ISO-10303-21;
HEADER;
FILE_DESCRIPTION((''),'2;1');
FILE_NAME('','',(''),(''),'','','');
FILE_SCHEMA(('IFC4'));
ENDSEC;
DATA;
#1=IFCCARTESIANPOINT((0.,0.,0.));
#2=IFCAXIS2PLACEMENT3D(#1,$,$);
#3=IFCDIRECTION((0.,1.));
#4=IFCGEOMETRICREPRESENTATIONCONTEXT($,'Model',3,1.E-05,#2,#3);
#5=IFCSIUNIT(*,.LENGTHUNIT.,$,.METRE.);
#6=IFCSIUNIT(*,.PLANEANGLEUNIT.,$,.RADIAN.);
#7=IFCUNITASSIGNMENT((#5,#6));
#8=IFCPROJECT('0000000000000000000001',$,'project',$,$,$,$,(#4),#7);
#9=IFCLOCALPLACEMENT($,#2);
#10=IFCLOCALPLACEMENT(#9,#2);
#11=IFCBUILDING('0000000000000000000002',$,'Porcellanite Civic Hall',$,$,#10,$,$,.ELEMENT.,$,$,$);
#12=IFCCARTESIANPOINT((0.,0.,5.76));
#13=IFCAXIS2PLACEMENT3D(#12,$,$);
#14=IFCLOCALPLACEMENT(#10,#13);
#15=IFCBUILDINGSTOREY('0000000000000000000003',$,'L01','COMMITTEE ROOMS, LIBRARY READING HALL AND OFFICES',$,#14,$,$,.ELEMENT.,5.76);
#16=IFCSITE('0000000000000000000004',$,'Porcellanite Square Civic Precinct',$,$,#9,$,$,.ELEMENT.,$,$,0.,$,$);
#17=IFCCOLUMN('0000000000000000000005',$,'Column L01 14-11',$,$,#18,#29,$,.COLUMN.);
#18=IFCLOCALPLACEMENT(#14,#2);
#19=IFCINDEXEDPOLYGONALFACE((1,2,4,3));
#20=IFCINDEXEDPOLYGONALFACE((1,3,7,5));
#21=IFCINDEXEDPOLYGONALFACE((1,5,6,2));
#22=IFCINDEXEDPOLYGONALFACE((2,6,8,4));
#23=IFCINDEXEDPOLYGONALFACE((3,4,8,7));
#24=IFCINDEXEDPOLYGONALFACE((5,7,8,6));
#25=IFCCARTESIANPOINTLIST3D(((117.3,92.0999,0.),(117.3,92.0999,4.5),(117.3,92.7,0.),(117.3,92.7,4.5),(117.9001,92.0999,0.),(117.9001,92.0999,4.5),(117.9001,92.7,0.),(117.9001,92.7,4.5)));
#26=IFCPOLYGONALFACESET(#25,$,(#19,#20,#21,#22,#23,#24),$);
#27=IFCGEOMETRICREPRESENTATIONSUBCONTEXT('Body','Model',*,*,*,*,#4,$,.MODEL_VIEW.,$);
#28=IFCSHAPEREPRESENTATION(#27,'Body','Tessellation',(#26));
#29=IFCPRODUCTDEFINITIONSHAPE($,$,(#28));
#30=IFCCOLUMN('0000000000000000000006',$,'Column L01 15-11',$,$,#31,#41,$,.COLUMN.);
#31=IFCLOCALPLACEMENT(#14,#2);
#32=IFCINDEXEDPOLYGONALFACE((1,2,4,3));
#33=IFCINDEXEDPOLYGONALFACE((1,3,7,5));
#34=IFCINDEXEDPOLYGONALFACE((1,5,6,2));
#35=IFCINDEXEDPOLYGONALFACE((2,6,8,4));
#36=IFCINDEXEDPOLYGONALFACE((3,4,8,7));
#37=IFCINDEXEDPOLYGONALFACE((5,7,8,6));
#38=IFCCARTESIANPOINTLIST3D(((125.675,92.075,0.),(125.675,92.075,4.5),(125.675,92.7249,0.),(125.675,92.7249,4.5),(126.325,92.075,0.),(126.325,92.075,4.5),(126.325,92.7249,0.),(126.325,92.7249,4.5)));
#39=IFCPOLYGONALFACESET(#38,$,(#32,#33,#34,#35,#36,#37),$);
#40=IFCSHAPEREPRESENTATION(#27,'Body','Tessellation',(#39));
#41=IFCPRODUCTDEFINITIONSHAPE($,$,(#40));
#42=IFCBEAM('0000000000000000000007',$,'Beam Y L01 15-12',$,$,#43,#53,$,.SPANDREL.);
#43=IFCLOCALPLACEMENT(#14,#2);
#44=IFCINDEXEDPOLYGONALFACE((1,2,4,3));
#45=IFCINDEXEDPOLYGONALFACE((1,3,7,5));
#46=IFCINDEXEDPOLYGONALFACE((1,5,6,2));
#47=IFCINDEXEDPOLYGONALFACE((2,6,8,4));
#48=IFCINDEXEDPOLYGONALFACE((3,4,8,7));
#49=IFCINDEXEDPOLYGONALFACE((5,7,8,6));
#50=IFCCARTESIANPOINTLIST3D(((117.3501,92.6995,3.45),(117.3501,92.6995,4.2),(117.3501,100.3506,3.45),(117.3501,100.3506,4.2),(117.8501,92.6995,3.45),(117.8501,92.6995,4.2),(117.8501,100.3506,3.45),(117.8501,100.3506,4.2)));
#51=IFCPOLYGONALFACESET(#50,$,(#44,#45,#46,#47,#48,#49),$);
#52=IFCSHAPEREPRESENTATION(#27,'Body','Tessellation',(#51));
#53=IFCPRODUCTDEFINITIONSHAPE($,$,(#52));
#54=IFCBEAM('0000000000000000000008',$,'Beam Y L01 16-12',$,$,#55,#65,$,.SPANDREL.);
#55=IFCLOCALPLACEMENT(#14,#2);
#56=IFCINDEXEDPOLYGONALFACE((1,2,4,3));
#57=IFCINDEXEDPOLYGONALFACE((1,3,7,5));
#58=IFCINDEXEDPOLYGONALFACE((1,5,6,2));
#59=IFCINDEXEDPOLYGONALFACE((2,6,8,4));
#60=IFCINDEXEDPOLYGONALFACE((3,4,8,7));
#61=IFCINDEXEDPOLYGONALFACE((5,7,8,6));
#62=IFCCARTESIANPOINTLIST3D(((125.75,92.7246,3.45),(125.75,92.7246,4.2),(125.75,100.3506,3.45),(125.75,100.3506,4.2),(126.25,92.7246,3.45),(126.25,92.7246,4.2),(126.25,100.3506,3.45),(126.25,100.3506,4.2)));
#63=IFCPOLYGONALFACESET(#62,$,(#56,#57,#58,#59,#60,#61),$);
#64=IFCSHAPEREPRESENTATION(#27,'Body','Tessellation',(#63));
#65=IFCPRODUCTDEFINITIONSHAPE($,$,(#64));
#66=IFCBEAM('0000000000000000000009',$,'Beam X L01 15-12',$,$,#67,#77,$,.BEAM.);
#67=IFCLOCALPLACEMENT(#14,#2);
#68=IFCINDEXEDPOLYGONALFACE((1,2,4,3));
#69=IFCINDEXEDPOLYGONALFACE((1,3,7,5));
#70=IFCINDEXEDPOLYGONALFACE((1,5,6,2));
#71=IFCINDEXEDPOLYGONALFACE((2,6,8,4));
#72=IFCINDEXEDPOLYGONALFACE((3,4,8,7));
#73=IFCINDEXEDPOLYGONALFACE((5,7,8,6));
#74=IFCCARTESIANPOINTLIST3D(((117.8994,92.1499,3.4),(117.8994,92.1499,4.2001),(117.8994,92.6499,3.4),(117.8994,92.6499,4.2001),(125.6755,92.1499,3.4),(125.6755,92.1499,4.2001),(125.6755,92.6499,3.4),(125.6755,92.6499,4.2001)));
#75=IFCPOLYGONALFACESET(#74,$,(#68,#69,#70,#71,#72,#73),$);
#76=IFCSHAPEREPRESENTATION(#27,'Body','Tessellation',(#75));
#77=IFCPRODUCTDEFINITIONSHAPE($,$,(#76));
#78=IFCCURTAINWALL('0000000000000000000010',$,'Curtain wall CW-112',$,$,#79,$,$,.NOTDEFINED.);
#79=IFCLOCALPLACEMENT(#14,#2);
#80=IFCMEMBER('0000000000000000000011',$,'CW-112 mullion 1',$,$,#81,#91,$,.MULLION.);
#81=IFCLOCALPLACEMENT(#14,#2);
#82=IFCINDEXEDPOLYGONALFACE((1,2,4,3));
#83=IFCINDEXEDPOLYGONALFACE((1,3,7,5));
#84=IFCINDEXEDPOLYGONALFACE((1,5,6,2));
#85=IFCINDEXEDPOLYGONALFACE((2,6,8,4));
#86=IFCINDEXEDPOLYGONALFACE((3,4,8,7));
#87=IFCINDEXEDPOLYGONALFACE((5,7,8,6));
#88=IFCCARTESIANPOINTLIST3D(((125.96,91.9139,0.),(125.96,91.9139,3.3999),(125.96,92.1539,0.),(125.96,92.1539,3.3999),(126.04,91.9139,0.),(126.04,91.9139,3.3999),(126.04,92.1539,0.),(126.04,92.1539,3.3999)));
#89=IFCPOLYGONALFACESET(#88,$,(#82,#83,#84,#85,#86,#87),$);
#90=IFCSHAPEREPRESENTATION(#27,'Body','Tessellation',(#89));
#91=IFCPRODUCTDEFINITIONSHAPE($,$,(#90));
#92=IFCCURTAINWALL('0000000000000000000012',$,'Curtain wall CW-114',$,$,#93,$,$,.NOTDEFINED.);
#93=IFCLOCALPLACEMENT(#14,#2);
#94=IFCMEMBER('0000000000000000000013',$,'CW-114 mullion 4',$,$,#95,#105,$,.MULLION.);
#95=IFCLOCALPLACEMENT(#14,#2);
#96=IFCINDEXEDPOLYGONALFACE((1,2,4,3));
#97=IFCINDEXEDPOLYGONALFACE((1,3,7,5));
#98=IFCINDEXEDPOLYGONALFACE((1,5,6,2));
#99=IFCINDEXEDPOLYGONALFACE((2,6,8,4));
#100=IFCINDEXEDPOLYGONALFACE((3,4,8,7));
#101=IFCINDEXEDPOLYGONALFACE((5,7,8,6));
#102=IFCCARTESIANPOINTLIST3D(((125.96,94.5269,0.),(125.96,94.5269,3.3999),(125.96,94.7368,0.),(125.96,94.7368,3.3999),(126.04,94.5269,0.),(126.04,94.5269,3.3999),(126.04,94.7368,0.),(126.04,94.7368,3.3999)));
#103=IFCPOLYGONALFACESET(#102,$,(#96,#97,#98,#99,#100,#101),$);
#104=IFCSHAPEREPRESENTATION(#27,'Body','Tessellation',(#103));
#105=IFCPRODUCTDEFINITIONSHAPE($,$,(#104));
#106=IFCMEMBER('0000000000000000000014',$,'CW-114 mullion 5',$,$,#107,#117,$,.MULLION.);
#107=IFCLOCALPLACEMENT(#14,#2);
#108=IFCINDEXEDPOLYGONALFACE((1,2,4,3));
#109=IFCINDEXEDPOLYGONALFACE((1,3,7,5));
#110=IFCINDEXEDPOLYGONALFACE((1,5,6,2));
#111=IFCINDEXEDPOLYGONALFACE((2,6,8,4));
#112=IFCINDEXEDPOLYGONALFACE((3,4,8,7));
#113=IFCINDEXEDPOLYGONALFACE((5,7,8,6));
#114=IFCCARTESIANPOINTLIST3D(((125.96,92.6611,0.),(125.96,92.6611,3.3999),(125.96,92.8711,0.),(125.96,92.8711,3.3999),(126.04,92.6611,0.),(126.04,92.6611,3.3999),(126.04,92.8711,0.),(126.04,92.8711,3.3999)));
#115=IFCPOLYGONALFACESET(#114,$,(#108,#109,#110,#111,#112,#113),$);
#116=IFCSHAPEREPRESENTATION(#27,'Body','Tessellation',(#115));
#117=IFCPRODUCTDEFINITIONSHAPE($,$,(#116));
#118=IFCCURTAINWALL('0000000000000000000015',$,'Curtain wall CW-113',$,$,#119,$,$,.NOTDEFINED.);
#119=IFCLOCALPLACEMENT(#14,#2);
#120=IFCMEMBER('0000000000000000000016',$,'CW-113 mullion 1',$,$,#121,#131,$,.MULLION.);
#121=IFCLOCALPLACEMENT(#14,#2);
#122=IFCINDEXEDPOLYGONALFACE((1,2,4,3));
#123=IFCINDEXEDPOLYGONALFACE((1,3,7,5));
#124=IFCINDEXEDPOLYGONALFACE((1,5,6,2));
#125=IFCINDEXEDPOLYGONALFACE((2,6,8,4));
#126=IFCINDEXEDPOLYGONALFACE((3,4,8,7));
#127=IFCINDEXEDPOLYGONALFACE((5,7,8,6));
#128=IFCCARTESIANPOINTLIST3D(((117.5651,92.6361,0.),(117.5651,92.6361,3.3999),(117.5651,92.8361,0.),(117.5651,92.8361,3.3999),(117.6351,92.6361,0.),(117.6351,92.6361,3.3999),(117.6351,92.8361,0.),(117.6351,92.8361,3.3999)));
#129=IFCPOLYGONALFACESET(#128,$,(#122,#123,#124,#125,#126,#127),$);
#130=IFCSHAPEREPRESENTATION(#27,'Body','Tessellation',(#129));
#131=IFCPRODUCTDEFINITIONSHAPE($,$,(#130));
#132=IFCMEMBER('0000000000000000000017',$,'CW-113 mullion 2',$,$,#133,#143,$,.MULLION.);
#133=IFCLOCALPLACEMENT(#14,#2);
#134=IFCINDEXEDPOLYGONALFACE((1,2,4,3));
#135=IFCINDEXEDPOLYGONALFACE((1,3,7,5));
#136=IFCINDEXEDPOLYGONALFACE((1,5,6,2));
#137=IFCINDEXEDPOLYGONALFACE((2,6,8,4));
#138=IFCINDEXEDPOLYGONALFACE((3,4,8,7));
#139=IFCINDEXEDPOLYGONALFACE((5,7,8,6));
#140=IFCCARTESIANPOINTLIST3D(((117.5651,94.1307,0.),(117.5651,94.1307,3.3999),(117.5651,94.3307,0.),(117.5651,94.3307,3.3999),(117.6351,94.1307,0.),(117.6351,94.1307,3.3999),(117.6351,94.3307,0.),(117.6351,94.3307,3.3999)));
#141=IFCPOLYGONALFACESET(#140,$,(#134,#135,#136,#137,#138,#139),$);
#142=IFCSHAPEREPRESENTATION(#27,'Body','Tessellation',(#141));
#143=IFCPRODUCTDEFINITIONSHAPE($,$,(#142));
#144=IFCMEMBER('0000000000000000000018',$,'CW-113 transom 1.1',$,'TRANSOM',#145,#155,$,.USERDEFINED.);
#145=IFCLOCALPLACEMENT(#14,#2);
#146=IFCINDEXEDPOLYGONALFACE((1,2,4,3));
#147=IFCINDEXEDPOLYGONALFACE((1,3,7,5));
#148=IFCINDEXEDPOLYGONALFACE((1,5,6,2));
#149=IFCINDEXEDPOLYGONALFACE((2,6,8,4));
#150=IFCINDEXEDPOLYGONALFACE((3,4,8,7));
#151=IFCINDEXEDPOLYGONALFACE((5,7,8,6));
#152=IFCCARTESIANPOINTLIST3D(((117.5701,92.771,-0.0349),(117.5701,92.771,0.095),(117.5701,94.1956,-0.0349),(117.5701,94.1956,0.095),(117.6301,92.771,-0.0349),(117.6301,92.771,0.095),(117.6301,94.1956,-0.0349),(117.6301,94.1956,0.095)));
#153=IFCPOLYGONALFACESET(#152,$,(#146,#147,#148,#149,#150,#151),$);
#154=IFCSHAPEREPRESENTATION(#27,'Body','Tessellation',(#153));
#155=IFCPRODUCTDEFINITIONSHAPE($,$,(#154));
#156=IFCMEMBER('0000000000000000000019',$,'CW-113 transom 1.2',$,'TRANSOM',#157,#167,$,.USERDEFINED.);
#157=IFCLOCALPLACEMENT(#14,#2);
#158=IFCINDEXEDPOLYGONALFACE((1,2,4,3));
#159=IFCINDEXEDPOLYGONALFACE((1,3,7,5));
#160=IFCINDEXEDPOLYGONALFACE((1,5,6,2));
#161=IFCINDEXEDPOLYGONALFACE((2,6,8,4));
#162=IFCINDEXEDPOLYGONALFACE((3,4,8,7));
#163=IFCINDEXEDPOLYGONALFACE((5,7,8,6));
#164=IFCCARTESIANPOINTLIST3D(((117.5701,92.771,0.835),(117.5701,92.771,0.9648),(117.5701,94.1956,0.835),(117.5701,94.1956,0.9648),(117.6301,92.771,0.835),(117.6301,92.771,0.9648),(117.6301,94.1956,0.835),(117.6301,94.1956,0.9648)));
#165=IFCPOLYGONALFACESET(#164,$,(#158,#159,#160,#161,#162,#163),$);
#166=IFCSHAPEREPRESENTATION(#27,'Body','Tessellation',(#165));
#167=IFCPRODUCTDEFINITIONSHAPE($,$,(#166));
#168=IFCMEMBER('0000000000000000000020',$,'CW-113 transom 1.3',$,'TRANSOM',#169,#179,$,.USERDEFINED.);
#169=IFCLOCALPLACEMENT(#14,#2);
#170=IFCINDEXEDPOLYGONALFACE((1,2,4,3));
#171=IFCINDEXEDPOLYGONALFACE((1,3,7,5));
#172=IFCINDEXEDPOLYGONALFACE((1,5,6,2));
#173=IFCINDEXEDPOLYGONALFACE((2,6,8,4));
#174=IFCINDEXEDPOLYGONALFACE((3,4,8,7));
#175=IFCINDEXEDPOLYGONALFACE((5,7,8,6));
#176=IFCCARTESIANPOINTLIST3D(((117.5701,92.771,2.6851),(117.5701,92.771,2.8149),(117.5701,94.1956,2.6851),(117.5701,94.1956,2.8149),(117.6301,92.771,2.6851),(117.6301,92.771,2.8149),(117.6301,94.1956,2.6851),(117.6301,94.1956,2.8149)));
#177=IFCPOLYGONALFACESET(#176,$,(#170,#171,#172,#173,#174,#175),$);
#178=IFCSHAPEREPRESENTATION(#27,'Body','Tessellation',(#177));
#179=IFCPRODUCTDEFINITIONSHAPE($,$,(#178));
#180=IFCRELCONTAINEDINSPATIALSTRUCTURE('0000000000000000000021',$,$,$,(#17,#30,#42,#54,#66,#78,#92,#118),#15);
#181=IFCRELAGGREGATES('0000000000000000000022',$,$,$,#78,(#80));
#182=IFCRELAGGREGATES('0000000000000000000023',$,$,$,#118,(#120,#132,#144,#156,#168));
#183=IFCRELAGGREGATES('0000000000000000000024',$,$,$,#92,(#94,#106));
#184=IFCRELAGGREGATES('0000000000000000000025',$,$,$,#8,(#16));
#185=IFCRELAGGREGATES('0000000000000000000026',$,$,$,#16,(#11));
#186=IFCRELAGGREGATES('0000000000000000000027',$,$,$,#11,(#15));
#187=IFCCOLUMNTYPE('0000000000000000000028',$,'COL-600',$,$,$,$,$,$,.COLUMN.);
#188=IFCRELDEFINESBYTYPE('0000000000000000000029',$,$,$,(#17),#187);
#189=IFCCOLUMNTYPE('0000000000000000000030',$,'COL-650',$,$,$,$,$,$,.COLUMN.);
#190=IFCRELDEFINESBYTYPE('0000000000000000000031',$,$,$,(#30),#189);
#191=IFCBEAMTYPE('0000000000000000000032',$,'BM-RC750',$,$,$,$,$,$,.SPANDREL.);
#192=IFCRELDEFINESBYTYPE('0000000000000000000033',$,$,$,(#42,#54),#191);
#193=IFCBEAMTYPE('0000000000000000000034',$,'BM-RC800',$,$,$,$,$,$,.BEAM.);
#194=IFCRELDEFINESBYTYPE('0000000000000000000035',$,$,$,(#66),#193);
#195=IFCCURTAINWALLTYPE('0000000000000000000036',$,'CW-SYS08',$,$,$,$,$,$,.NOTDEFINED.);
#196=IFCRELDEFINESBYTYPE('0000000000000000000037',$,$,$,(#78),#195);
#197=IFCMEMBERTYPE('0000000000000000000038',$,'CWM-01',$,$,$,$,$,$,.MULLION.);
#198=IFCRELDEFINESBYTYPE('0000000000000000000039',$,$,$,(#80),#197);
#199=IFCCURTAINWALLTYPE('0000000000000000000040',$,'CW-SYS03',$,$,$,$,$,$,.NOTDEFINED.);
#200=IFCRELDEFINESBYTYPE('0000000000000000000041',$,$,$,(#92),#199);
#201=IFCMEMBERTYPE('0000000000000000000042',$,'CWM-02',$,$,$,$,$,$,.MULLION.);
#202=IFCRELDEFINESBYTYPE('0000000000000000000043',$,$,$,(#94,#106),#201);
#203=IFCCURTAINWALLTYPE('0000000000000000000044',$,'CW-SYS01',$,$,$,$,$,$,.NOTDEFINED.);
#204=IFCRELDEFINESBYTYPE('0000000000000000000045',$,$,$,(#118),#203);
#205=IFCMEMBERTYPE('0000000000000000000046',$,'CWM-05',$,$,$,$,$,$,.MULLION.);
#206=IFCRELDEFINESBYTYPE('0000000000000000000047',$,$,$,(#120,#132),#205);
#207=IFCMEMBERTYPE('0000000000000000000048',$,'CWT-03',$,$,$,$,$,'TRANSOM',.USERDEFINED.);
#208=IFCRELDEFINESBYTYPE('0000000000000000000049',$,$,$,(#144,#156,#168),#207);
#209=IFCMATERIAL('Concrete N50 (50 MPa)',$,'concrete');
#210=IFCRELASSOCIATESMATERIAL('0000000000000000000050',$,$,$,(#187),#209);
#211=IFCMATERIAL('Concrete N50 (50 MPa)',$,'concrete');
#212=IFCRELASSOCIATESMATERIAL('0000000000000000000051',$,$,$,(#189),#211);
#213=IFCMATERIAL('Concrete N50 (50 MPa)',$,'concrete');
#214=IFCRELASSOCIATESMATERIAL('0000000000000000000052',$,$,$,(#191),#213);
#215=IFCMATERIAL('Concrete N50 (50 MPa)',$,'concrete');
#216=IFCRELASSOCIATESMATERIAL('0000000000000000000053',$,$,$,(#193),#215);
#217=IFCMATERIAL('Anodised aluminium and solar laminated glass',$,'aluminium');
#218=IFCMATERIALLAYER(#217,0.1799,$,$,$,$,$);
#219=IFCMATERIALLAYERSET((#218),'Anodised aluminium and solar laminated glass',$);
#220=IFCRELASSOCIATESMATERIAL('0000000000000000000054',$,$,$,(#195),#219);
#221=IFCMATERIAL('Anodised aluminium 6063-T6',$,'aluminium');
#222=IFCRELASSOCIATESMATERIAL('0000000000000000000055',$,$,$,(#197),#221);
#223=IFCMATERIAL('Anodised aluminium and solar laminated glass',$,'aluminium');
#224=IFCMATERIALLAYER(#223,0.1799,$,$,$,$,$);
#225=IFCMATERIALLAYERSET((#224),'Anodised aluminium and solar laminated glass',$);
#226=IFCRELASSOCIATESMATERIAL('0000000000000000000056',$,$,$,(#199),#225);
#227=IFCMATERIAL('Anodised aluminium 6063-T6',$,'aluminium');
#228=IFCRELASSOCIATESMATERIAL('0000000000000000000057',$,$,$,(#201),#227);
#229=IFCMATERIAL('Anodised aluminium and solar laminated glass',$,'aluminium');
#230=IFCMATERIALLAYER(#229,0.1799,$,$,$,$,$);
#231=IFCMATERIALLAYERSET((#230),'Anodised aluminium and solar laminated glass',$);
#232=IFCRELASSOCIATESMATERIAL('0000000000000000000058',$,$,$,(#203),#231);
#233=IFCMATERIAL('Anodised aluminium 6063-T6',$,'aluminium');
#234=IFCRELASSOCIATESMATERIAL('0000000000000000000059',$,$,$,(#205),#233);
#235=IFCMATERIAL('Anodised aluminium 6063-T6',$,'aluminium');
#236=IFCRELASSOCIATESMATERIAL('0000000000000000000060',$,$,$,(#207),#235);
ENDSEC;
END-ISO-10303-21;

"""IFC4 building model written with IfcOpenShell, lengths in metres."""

from ifc_helpers import new_model, si_unit, direction, frame, origin, origin_2d, place, context, subcontext, project, spatial, rectangle, extrude, material, layer, layer_set, material_profile, profile_set, type_object, element, aggregate, save


model = new_model("IFC4")

# Units and contexts
model_context = context("Model", 3, precision=1e-05, world=origin(), true_north=direction((0.0, 1.0)))
body_context = subcontext(model_context, "Body", "Model", "MODEL_VIEW")
ifc_project = project(units=[si_unit("LENGTHUNIT", "METRE"), si_unit("PLANEANGLEUNIT", "RADIAN")], contexts=[model_context])

# Site, building, storey
site_placement = place(None, origin())
site = spatial("IfcSite", under=ifc_project, at=site_placement, Name="Porcellanite Square Civic Precinct", CompositionType="ELEMENT", RefElevation=0.0)
building_placement = place(site_placement, origin())
building = spatial("IfcBuilding", under=site, at=building_placement, Name="Porcellanite Civic Hall", CompositionType="ELEMENT")
storey_placement = place(building_placement, frame((0.0, 0.0, 5.76)))
storey = spatial("IfcBuildingStorey", under=building, at=storey_placement, Name="L01", Description="COMMITTEE ROOMS, LIBRARY READING HALL AND OFFICES", CompositionType="ELEMENT", Elevation=5.76)

# Columns
ifc_material_1 = material(Name="Concrete N50 (50 MPa)", Category="concrete")
ifc_material_profile_1 = material_profile(ifc_material_1, rectangle(XDim=0.6001, YDim=0.6001, at=origin_2d()), Name="RC-600x600")
ifc_profile_set_1 = profile_set([ifc_material_profile_1], Name="Concrete N50 (50 MPa)")
column_type_1 = type_object("IfcColumnType", Name="COL-600", PredefinedType="COLUMN", material=ifc_profile_set_1)
column_1_placement = place(storey_placement, frame((117.6001, 92.3999, 0.0), z_axis=(0.0, 0.0, 1.0), x_axis=(1.0, 0.0, 0.0)))
element("IfcColumn", 1, at=column_1_placement, inside=storey, type_object=column_type_1, Name="Column L01 14-11", PredefinedType="COLUMN", context=body_context, shape_type="SweptSolid", body=[
    extrude(rectangle(XDim=0.6001, YDim=0.6001, at=origin_2d()), origin(), (0.0, 0.0, 1.0), 4.5),
])
ifc_material_2 = material(Name="Concrete N50 (50 MPa)", Category="concrete")
ifc_material_profile_2 = material_profile(ifc_material_2, rectangle(XDim=0.6499, YDim=0.6499, at=origin_2d()), Name="RC-650x650")
ifc_profile_set_2 = profile_set([ifc_material_profile_2], Name="Concrete N50 (50 MPa)")
column_type_2 = type_object("IfcColumnType", Name="COL-650", PredefinedType="COLUMN", material=ifc_profile_set_2)
column_2_placement = place(storey_placement, frame((126.0, 92.3999, 0.0), z_axis=(0.0, 0.0, 1.0), x_axis=(1.0, 0.0, 0.0)))
element("IfcColumn", 2, at=column_2_placement, inside=storey, type_object=column_type_2, Name="Column L01 15-11", PredefinedType="COLUMN", context=body_context, shape_type="SweptSolid", body=[
    extrude(rectangle(XDim=0.6499, YDim=0.6499, at=origin_2d()), origin(), (0.0, 0.0, 1.0), 4.5),
])

# Beams
ifc_material_3 = material(Name="Concrete N50 (50 MPa)", Category="concrete")
ifc_material_profile_3 = material_profile(ifc_material_3, rectangle(XDim=0.5, YDim=0.75, at=origin_2d()), Name="RC-500x750")
ifc_profile_set_3 = profile_set([ifc_material_profile_3], Name="Concrete N50 (50 MPa)")
beam_type_1 = type_object("IfcBeamType", Name="BM-RC750", PredefinedType="SPANDREL", material=ifc_profile_set_3)
beam_1_placement = place(storey_placement, frame((117.6001, 92.6995, 3.825), z_axis=(0.0, 1.0, 0.0), x_axis=(-1.0, 0.0, 0.0)))
element("IfcBeam", 3, at=beam_1_placement, inside=storey, type_object=beam_type_1, Name="Beam Y L01 15-12", PredefinedType="SPANDREL", context=body_context, shape_type="SweptSolid", body=[
    extrude(rectangle(XDim=0.5, YDim=0.75, at=origin_2d()), origin(), (0.0, 0.0, 1.0), 7.6511),
])
beam_2_placement = place(storey_placement, frame((126.0, 92.7246, 3.825), z_axis=(0.0, 1.0, 0.0), x_axis=(-1.0, 0.0, 0.0)))
element("IfcBeam", 4, at=beam_2_placement, inside=storey, type_object=beam_type_1, Name="Beam Y L01 16-12", PredefinedType="SPANDREL", context=body_context, shape_type="SweptSolid", body=[
    extrude(rectangle(XDim=0.5, YDim=0.75, at=origin_2d()), origin(), (0.0, 0.0, 1.0), 7.626),
])
ifc_material_4 = material(Name="Concrete N50 (50 MPa)", Category="concrete")
ifc_material_profile_4 = material_profile(ifc_material_4, rectangle(XDim=0.5, YDim=0.8, at=origin_2d()), Name="RC-500x800")
ifc_profile_set_4 = profile_set([ifc_material_profile_4], Name="Concrete N50 (50 MPa)")
beam_type_2 = type_object("IfcBeamType", Name="BM-RC800", PredefinedType="BEAM", material=ifc_profile_set_4)
beam_3_placement = place(storey_placement, frame((117.8994, 92.3999, 3.8), z_axis=(1.0, 0.0, 0.0), x_axis=(0.0, 1.0, 0.0)))
element("IfcBeam", 5, at=beam_3_placement, inside=storey, type_object=beam_type_2, Name="Beam X L01 15-12", PredefinedType="BEAM", context=body_context, shape_type="SweptSolid", body=[
    extrude(rectangle(XDim=0.5, YDim=0.8, at=origin_2d()), origin(), (0.0, 0.0, 1.0), 7.7761),
])

# Curtain wall, member
ifc_material_5 = material(Name="Anodised aluminium and solar laminated glass", Category="aluminium")
ifc_layer_1 = layer(ifc_material_5, 0.1799)
ifc_layer_set_1 = layer_set([ifc_layer_1], Name="Anodised aluminium and solar laminated glass")
curtain_wall_type_1 = type_object("IfcCurtainWallType", Name="CW-SYS08", PredefinedType="NOTDEFINED", material=ifc_layer_set_1)
curtain_wall_1_placement = place(storey_placement, origin())
curtain_wall_1 = element("IfcCurtainWall", 6, at=curtain_wall_1_placement, inside=storey, type_object=curtain_wall_type_1, Name="Curtain wall CW-112", PredefinedType="NOTDEFINED")
ifc_material_6 = material(Name="Anodised aluminium 6063-T6", Category="aluminium")
ifc_material_profile_5 = material_profile(ifc_material_6, rectangle(XDim=0.0801, YDim=0.24, at=origin_2d()), Name="AL-80x240")
ifc_profile_set_5 = profile_set([ifc_material_profile_5], Name="Anodised aluminium 6063-T6")
member_type_1 = type_object("IfcMemberType", Name="CWM-01", PredefinedType="MULLION", material=ifc_profile_set_5)
member_1_placement = place(storey_placement, frame((126.0, 92.0339, 0.0), z_axis=(0.0, 0.0, 1.0), x_axis=(1.0, 0.0, 0.0)))
member_1 = element("IfcMember", 7, at=member_1_placement, type_object=member_type_1, Name="CW-112 mullion 1", PredefinedType="MULLION", context=body_context, shape_type="SweptSolid", body=[
    extrude(rectangle(XDim=0.0801, YDim=0.24, at=origin_2d()), origin(), (0.0, 0.0, 1.0), 3.3999),
])
aggregate(curtain_wall_1, [member_1])

# Curtain walls, members
ifc_material_7 = material(Name="Anodised aluminium and solar laminated glass", Category="aluminium")
ifc_layer_2 = layer(ifc_material_7, 0.1799)
ifc_layer_set_2 = layer_set([ifc_layer_2], Name="Anodised aluminium and solar laminated glass")
curtain_wall_type_2 = type_object("IfcCurtainWallType", Name="CW-SYS03", PredefinedType="NOTDEFINED", material=ifc_layer_set_2)
curtain_wall_2_placement = place(storey_placement, origin())
curtain_wall_2 = element("IfcCurtainWall", 8, at=curtain_wall_2_placement, inside=storey, type_object=curtain_wall_type_2, Name="Curtain wall CW-114", PredefinedType="NOTDEFINED")
ifc_material_8 = material(Name="Anodised aluminium 6063-T6", Category="aluminium")
ifc_material_profile_6 = material_profile(ifc_material_8, rectangle(XDim=0.0801, YDim=0.21, at=origin_2d()), Name="AL-80x210")
ifc_profile_set_6 = profile_set([ifc_material_profile_6], Name="Anodised aluminium 6063-T6")
member_type_2 = type_object("IfcMemberType", Name="CWM-02", PredefinedType="MULLION", material=ifc_profile_set_6)
member_2_placement = place(storey_placement, frame((126.0, 94.6318, 0.0), z_axis=(0.0, 0.0, 1.0), x_axis=(1.0, 0.0, 0.0)))
member_2 = element("IfcMember", 9, at=member_2_placement, type_object=member_type_2, Name="CW-114 mullion 4", PredefinedType="MULLION", context=body_context, shape_type="SweptSolid", body=[
    extrude(rectangle(XDim=0.0801, YDim=0.21, at=origin_2d()), origin(), (0.0, 0.0, 1.0), 3.3999),
])
member_3_placement = place(storey_placement, frame((126.0, 92.7661, 0.0), z_axis=(0.0, 0.0, 1.0), x_axis=(1.0, 0.0, 0.0)))
member_3 = element("IfcMember", 10, at=member_3_placement, type_object=member_type_2, Name="CW-114 mullion 5", PredefinedType="MULLION", context=body_context, shape_type="SweptSolid", body=[
    extrude(rectangle(XDim=0.0801, YDim=0.21, at=origin_2d()), origin(), (0.0, 0.0, 1.0), 3.3999),
])
ifc_material_9 = material(Name="Anodised aluminium and solar laminated glass", Category="aluminium")
ifc_layer_3 = layer(ifc_material_9, 0.1799)
ifc_layer_set_3 = layer_set([ifc_layer_3], Name="Anodised aluminium and solar laminated glass")
curtain_wall_type_3 = type_object("IfcCurtainWallType", Name="CW-SYS01", PredefinedType="NOTDEFINED", material=ifc_layer_set_3)
curtain_wall_3_placement = place(storey_placement, origin())
curtain_wall_3 = element("IfcCurtainWall", 11, at=curtain_wall_3_placement, inside=storey, type_object=curtain_wall_type_3, Name="Curtain wall CW-113", PredefinedType="NOTDEFINED")
ifc_material_10 = material(Name="Anodised aluminium 6063-T6", Category="aluminium")
ifc_material_profile_7 = material_profile(ifc_material_10, rectangle(XDim=0.0701, YDim=0.2, at=origin_2d()), Name="AL-70x200")
ifc_profile_set_7 = profile_set([ifc_material_profile_7], Name="Anodised aluminium 6063-T6")
member_type_3 = type_object("IfcMemberType", Name="CWM-05", PredefinedType="MULLION", material=ifc_profile_set_7)
member_4_placement = place(storey_placement, frame((117.6001, 92.7361, 0.0), z_axis=(0.0, 0.0, 1.0), x_axis=(-1.0, 0.0, 0.0)))
member_4 = element("IfcMember", 12, at=member_4_placement, type_object=member_type_3, Name="CW-113 mullion 1", PredefinedType="MULLION", context=body_context, shape_type="SweptSolid", body=[
    extrude(rectangle(XDim=0.0701, YDim=0.2, at=origin_2d()), origin(), (0.0, 0.0, 1.0), 3.3999),
])
member_5_placement = place(storey_placement, frame((117.6001, 94.2307, 0.0), z_axis=(0.0, 0.0, 1.0), x_axis=(-1.0, 0.0, 0.0)))
member_5 = element("IfcMember", 13, at=member_5_placement, type_object=member_type_3, Name="CW-113 mullion 2", PredefinedType="MULLION", context=body_context, shape_type="SweptSolid", body=[
    extrude(rectangle(XDim=0.0701, YDim=0.2, at=origin_2d()), origin(), (0.0, 0.0, 1.0), 3.3999),
])
ifc_material_11 = material(Name="Anodised aluminium 6063-T6", Category="aluminium")
ifc_material_profile_8 = material_profile(ifc_material_11, rectangle(XDim=0.0601, YDim=0.1299, at=origin_2d()), Name="AL-60x130")
ifc_profile_set_8 = profile_set([ifc_material_profile_8], Name="Anodised aluminium 6063-T6")
member_type_4 = type_object("IfcMemberType", Name="CWT-03", ElementType="TRANSOM", PredefinedType="USERDEFINED", material=ifc_profile_set_8)
member_6_placement = place(storey_placement, frame((117.6001, 92.771, 0.03), z_axis=(0.0, 1.0, 0.0), x_axis=(-1.0, 0.0, 0.0)))
member_6 = element("IfcMember", 14, at=member_6_placement, type_object=member_type_4, Name="CW-113 transom 1.1", ObjectType="TRANSOM", PredefinedType="USERDEFINED", context=body_context, shape_type="SweptSolid", body=[
    extrude(rectangle(XDim=0.0601, YDim=0.1299, at=origin_2d()), origin(), (0.0, 0.0, 1.0), 1.4246),
])
member_7_placement = place(storey_placement, frame((117.6001, 92.771, 0.8999), z_axis=(0.0, 1.0, 0.0), x_axis=(-1.0, 0.0, 0.0)))
member_7 = element("IfcMember", 15, at=member_7_placement, type_object=member_type_4, Name="CW-113 transom 1.2", ObjectType="TRANSOM", PredefinedType="USERDEFINED", context=body_context, shape_type="SweptSolid", body=[
    extrude(rectangle(XDim=0.0601, YDim=0.1299, at=origin_2d()), origin(), (0.0, 0.0, 1.0), 1.4246),
])
member_8_placement = place(storey_placement, frame((117.6001, 92.771, 2.75), z_axis=(0.0, 1.0, 0.0), x_axis=(-1.0, 0.0, 0.0)))
member_8 = element("IfcMember", 16, at=member_8_placement, type_object=member_type_4, Name="CW-113 transom 1.3", ObjectType="TRANSOM", PredefinedType="USERDEFINED", context=body_context, shape_type="SweptSolid", body=[
    extrude(rectangle(XDim=0.0601, YDim=0.1299, at=origin_2d()), origin(), (0.0, 0.0, 1.0), 1.4246),
])

aggregate(curtain_wall_3, [member_4, member_5, member_6, member_7, member_8])
aggregate(curtain_wall_2, [member_2, member_3])

save(model, "model.ifc")
